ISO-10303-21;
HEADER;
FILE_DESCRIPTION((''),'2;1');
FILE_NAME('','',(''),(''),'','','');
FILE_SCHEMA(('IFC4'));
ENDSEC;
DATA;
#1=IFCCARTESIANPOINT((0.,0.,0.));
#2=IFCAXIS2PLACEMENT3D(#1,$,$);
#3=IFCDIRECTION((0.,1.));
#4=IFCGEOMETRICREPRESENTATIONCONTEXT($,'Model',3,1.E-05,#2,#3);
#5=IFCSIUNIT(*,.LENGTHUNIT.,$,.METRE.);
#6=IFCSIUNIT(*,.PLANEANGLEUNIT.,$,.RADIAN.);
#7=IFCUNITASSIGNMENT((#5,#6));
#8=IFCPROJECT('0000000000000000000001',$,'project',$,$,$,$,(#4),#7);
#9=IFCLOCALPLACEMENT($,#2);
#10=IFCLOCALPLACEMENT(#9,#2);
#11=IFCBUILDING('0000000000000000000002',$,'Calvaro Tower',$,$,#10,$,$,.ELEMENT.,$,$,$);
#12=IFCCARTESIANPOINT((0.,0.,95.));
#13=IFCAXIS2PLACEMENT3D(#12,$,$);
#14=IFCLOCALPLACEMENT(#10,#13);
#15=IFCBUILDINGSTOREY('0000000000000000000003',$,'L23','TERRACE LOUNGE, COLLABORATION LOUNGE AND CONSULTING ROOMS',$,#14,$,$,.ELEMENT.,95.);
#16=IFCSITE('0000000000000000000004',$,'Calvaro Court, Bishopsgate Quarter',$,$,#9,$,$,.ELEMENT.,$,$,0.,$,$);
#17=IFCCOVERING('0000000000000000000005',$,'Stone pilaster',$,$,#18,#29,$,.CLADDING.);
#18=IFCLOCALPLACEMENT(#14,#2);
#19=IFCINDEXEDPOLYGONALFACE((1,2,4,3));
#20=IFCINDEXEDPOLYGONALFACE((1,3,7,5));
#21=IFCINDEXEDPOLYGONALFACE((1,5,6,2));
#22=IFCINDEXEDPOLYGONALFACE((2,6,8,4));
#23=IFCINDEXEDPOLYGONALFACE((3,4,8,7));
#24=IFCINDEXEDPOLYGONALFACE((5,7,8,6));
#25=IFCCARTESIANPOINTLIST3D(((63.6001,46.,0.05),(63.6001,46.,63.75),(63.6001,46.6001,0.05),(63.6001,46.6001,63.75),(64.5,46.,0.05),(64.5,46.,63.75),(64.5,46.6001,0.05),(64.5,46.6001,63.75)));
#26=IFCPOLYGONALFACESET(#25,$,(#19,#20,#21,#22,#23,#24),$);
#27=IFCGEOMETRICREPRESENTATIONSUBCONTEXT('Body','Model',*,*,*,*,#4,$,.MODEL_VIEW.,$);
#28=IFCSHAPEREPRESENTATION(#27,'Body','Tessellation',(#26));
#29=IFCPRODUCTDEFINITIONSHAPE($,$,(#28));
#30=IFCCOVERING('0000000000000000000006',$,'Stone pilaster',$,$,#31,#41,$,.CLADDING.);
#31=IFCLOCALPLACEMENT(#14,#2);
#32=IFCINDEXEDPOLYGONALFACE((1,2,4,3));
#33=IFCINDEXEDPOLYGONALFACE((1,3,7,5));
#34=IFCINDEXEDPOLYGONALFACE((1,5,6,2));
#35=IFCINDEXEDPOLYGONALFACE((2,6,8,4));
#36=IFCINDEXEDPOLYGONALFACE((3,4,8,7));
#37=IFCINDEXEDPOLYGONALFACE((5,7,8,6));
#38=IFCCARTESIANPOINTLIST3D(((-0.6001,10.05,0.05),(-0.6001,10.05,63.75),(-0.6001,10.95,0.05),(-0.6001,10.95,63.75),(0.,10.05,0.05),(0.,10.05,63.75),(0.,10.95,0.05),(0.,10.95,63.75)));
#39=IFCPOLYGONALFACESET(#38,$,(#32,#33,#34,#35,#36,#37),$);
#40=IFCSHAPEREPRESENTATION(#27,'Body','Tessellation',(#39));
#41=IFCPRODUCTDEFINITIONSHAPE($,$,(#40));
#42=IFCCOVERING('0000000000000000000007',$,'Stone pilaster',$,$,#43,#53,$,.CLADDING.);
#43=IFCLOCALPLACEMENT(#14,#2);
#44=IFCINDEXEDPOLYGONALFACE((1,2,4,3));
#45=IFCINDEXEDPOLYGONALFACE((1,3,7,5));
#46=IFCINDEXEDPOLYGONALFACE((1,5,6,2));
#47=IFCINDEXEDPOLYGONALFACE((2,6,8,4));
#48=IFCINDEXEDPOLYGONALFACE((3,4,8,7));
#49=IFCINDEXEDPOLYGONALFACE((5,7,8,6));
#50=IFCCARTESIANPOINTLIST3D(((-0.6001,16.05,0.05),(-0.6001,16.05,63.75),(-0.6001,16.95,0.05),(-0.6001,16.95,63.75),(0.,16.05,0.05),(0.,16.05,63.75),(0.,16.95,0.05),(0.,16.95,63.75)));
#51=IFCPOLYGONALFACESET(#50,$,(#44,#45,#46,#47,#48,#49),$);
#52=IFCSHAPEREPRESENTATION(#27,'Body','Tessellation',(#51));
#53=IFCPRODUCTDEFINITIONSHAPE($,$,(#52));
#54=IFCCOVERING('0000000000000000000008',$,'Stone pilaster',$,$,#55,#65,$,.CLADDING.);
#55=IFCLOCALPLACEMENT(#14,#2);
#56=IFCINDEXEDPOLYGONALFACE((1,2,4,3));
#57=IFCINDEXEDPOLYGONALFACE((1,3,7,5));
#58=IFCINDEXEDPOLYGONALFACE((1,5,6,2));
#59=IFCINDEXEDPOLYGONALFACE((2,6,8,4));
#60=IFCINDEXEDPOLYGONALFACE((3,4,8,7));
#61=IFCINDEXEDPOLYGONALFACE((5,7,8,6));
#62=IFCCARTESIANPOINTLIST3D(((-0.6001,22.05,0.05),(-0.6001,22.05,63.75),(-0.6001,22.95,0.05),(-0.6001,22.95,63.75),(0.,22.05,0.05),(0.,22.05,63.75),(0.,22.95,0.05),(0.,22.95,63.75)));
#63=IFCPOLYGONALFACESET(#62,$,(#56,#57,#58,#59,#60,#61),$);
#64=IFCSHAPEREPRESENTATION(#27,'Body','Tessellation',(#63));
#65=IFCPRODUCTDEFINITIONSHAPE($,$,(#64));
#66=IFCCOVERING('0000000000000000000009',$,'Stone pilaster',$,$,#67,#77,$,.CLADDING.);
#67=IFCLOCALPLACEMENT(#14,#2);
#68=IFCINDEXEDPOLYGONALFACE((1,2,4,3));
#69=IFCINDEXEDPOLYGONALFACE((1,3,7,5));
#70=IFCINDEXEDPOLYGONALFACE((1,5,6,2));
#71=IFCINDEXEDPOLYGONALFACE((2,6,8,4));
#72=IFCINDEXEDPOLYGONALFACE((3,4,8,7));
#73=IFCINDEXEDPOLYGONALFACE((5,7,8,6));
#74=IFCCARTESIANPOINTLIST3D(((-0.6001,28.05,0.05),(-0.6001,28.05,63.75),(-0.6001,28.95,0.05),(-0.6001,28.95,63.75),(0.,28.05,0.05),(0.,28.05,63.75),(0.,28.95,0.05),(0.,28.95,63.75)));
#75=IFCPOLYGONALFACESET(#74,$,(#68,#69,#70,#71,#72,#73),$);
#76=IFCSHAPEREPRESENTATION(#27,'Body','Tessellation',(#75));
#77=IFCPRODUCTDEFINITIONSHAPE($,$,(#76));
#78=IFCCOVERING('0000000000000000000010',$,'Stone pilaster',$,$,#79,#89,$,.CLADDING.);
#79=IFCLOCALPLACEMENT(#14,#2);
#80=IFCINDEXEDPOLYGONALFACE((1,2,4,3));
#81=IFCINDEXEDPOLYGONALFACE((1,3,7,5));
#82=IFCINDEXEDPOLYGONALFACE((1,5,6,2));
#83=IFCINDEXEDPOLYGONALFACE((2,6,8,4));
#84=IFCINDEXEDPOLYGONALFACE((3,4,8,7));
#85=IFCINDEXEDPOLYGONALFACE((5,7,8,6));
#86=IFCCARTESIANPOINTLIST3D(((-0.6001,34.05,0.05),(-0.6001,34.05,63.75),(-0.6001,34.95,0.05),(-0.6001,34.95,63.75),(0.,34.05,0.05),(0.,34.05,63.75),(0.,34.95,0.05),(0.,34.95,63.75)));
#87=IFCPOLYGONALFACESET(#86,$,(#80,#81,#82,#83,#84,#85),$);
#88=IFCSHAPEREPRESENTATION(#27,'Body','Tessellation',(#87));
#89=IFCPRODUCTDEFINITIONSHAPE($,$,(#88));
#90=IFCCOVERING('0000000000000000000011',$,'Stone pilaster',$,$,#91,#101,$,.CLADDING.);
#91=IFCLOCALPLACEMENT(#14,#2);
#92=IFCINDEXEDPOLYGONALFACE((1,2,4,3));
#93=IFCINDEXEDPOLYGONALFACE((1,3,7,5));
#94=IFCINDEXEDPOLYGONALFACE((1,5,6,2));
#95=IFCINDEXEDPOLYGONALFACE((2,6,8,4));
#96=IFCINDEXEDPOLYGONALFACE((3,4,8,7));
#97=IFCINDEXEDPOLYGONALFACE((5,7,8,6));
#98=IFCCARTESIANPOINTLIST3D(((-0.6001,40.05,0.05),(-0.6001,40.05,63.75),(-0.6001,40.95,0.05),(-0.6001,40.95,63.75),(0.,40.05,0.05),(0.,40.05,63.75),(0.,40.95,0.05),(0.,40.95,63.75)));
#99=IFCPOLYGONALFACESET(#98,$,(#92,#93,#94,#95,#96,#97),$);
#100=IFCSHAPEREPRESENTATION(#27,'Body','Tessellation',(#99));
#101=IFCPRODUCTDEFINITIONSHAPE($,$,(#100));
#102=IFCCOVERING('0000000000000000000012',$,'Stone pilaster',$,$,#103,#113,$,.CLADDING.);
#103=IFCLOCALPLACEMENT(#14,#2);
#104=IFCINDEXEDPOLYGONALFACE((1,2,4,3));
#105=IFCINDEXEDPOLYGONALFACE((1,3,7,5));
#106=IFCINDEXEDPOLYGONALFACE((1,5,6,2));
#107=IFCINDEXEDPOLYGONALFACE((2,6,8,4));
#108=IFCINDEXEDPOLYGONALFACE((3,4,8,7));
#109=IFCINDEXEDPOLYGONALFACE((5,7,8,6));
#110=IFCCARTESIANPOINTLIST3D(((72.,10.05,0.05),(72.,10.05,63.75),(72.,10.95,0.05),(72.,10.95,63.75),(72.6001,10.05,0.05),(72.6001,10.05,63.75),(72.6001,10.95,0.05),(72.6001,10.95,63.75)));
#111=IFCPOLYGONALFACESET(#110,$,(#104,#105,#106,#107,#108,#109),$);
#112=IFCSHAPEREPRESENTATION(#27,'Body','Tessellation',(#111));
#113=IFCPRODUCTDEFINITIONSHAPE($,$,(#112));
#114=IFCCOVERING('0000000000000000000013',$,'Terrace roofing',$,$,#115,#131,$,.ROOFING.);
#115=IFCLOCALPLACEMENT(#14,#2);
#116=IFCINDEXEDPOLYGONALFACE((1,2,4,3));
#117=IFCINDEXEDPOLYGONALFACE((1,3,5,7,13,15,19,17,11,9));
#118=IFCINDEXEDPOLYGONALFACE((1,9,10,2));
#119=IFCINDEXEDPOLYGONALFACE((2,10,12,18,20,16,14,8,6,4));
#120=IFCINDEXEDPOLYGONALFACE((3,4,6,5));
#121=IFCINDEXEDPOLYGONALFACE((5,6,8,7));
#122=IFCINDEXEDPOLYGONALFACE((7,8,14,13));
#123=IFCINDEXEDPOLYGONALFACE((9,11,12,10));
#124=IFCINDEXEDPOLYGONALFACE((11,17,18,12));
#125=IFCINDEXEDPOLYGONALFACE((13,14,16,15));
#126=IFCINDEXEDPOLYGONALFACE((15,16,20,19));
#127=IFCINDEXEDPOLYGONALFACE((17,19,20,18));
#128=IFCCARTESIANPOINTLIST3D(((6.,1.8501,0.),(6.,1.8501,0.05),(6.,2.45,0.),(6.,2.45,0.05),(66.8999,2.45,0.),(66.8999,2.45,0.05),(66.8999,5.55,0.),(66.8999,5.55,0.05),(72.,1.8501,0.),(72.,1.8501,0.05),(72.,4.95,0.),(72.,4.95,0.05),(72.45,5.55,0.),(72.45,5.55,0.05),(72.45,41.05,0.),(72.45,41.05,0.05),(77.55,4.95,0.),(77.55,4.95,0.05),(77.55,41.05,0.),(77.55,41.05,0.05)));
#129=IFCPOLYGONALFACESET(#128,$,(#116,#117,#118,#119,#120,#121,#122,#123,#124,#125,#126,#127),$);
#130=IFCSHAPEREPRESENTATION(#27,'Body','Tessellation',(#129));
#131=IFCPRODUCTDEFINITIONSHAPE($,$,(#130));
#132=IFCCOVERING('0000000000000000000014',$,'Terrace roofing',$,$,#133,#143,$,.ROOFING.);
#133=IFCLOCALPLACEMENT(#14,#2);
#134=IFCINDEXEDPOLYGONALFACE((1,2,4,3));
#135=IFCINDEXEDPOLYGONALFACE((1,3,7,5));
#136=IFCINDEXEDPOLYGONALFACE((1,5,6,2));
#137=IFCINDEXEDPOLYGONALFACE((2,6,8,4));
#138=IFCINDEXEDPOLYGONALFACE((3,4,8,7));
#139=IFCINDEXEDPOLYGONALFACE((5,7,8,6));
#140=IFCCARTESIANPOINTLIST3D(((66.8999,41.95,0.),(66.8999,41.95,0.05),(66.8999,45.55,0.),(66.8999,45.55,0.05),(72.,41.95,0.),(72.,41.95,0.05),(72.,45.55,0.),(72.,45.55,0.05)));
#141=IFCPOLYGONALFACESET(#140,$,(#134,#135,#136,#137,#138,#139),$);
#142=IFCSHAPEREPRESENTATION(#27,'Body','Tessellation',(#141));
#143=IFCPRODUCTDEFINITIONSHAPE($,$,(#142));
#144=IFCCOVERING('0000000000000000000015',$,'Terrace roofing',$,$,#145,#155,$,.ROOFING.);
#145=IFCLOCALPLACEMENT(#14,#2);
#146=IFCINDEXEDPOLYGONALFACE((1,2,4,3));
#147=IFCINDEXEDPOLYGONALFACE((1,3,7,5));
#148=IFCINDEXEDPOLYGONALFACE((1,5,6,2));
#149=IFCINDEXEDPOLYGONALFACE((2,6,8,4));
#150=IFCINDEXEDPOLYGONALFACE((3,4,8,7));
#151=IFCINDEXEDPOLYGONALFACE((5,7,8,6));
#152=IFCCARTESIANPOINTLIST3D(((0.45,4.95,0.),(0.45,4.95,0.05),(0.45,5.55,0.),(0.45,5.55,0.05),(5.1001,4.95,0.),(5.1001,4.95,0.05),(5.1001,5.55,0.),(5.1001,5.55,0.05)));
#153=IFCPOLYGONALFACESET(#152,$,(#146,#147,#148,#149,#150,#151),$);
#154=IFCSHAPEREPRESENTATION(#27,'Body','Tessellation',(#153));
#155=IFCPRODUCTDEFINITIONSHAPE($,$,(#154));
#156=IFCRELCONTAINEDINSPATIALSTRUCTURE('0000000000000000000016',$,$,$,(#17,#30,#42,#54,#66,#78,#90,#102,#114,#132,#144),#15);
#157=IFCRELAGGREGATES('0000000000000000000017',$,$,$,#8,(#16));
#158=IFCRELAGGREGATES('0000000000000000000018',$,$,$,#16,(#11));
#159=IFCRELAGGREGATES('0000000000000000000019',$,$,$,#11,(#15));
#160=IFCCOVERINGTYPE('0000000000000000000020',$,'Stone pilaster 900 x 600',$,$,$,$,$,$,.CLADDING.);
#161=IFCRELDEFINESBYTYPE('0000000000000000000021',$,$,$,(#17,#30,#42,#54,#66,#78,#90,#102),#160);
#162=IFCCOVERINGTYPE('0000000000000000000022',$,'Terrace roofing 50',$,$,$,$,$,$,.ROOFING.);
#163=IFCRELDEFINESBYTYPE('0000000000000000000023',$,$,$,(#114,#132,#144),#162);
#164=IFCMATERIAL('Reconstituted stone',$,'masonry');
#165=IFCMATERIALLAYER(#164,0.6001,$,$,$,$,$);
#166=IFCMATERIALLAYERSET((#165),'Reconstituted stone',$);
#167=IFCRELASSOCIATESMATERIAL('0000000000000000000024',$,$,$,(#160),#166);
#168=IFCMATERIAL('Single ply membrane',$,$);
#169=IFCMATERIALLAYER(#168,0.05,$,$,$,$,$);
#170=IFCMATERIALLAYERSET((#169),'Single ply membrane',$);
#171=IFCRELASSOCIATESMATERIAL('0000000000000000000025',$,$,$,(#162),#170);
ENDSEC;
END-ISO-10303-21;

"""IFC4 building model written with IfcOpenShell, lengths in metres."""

from ifc_helpers import new_model, si_unit, direction, frame, origin, place, context, subcontext, project, spatial, polyline, outline, extrude, material, layer, layer_set, type_object, element, save


model = new_model("IFC4")

# Units and contexts
model_context = context("Model", 3, precision=1e-05, world=origin(), true_north=direction((0.0, 1.0)))
body_context = subcontext(model_context, "Body", "Model", "MODEL_VIEW")
ifc_project = project(units=[si_unit("LENGTHUNIT", "METRE"), si_unit("PLANEANGLEUNIT", "RADIAN")], contexts=[model_context])

# Site, building, storey
site_placement = place(None, origin())
site = spatial("IfcSite", under=ifc_project, at=site_placement, Name="Calvaro Court, Bishopsgate Quarter", CompositionType="ELEMENT", RefElevation=0.0)
building_placement = place(site_placement, origin())
building = spatial("IfcBuilding", under=site, at=building_placement, Name="Calvaro Tower", CompositionType="ELEMENT")
storey_placement = place(building_placement, frame((0.0, 0.0, 95.0)))
storey = spatial("IfcBuildingStorey", under=building, at=storey_placement, Name="L23", Description="TERRACE LOUNGE, COLLABORATION LOUNGE AND CONSULTING ROOMS", CompositionType="ELEMENT", Elevation=95.0)

# Coverings
ifc_material_1 = material(Name="Reconstituted stone", Category="masonry")
ifc_layer_1 = layer(ifc_material_1, 0.6001)
ifc_layer_set_1 = layer_set([ifc_layer_1], Name="Reconstituted stone")
covering_type_1 = type_object("IfcCoveringType", Name="Stone pilaster 900 x 600", PredefinedType="CLADDING", material=ifc_layer_set_1)
covering_1_placement = place(storey_placement, frame((0.0, 0.0, 0.05)))
element("IfcCovering", 1, at=covering_1_placement, inside=storey, type_object=covering_type_1, Name="Stone pilaster", PredefinedType="CLADDING", context=body_context, shape_type="SweptSolid", body=[
    extrude(outline(polyline([(63.6001, 46.0), (64.5, 46.0), (64.5, 46.6001), (63.6001, 46.6001), (63.6001, 46.0)])), origin(), (0.0, 0.0, 1.0), 63.7),
])
covering_2_placement = place(storey_placement, frame((0.0, 0.0, 0.05)))
element("IfcCovering", 2, at=covering_2_placement, inside=storey, type_object=covering_type_1, Name="Stone pilaster", PredefinedType="CLADDING", context=body_context, shape_type="SweptSolid", body=[
    extrude(outline(polyline([(-0.6001, 10.05), (0.0, 10.05), (0.0, 10.95), (-0.6001, 10.95), (-0.6001, 10.05)])), origin(), (0.0, 0.0, 1.0), 63.7),
])
covering_3_placement = place(storey_placement, frame((0.0, 0.0, 0.05)))
element("IfcCovering", 3, at=covering_3_placement, inside=storey, type_object=covering_type_1, Name="Stone pilaster", PredefinedType="CLADDING", context=body_context, shape_type="SweptSolid", body=[
    extrude(outline(polyline([(-0.6001, 16.05), (0.0, 16.05), (0.0, 16.95), (-0.6001, 16.95), (-0.6001, 16.05)])), origin(), (0.0, 0.0, 1.0), 63.7),
])
covering_4_placement = place(storey_placement, frame((0.0, 0.0, 0.05)))
element("IfcCovering", 4, at=covering_4_placement, inside=storey, type_object=covering_type_1, Name="Stone pilaster", PredefinedType="CLADDING", context=body_context, shape_type="SweptSolid", body=[
    extrude(outline(polyline([(-0.6001, 22.05), (0.0, 22.05), (0.0, 22.95), (-0.6001, 22.95), (-0.6001, 22.05)])), origin(), (0.0, 0.0, 1.0), 63.7),
])
covering_5_placement = place(storey_placement, frame((0.0, 0.0, 0.05)))
element("IfcCovering", 5, at=covering_5_placement, inside=storey, type_object=covering_type_1, Name="Stone pilaster", PredefinedType="CLADDING", context=body_context, shape_type="SweptSolid", body=[
    extrude(outline(polyline([(-0.6001, 28.05), (0.0, 28.05), (0.0, 28.95), (-0.6001, 28.95), (-0.6001, 28.05)])), origin(), (0.0, 0.0, 1.0), 63.7),
])
covering_6_placement = place(storey_placement, frame((0.0, 0.0, 0.05)))
element("IfcCovering", 6, at=covering_6_placement, inside=storey, type_object=covering_type_1, Name="Stone pilaster", PredefinedType="CLADDING", context=body_context, shape_type="SweptSolid", body=[
    extrude(outline(polyline([(-0.6001, 34.05), (0.0, 34.05), (0.0, 34.95), (-0.6001, 34.95), (-0.6001, 34.05)])), origin(), (0.0, 0.0, 1.0), 63.7),
])
covering_7_placement = place(storey_placement, frame((0.0, 0.0, 0.05)))
element("IfcCovering", 7, at=covering_7_placement, inside=storey, type_object=covering_type_1, Name="Stone pilaster", PredefinedType="CLADDING", context=body_context, shape_type="SweptSolid", body=[
    extrude(outline(polyline([(-0.6001, 40.05), (0.0, 40.05), (0.0, 40.95), (-0.6001, 40.95), (-0.6001, 40.05)])), origin(), (0.0, 0.0, 1.0), 63.7),
])
covering_8_placement = place(storey_placement, frame((0.0, 0.0, 0.05)))
element("IfcCovering", 8, at=covering_8_placement, inside=storey, type_object=covering_type_1, Name="Stone pilaster", PredefinedType="CLADDING", context=body_context, shape_type="SweptSolid", body=[
    extrude(outline(polyline([(72.0, 10.05), (72.6001, 10.05), (72.6001, 10.95), (72.0, 10.95), (72.0, 10.05)])), origin(), (0.0, 0.0, 1.0), 63.7),
])
ifc_material_2 = material(Name="Single ply membrane")
ifc_layer_2 = layer(ifc_material_2, 0.05)
ifc_layer_set_2 = layer_set([ifc_layer_2], Name="Single ply membrane")
covering_type_2 = type_object("IfcCoveringType", Name="Terrace roofing 50", PredefinedType="ROOFING", material=ifc_layer_set_2)
covering_9_placement = place(storey_placement, origin())
element("IfcCovering", 9, at=covering_9_placement, inside=storey, type_object=covering_type_2, Name="Terrace roofing", PredefinedType="ROOFING", context=body_context, shape_type="SweptSolid", body=[
    extrude(outline(polyline([(72.0, 1.8501), (6.0, 1.8501), (6.0, 2.45), (66.8999, 2.45), (66.8999, 5.55), (72.45, 5.55), (72.45, 41.05), (77.55, 41.05), (77.55, 4.95), (72.0, 4.95), (72.0, 1.8501)])), origin(), (0.0, 0.0, 1.0), 0.05),
])
covering_10_placement = place(storey_placement, origin())
element("IfcCovering", 10, at=covering_10_placement, inside=storey, type_object=covering_type_2, Name="Terrace roofing", PredefinedType="ROOFING", context=body_context, shape_type="SweptSolid", body=[
    extrude(outline(polyline([(72.0, 41.95), (66.8999, 41.95), (66.8999, 45.55), (72.0, 45.55), (72.0, 41.95)])), origin(), (0.0, 0.0, 1.0), 0.05),
])
covering_11_placement = place(storey_placement, origin())
element("IfcCovering", 11, at=covering_11_placement, inside=storey, type_object=covering_type_2, Name="Terrace roofing", PredefinedType="ROOFING", context=body_context, shape_type="SweptSolid", body=[
    extrude(outline(polyline([(0.45, 4.95), (0.45, 5.55), (5.1001, 5.55), (5.1001, 4.95), (0.45, 4.95)])), origin(), (0.0, 0.0, 1.0), 0.05),
])

save(model, "model.ifc")
